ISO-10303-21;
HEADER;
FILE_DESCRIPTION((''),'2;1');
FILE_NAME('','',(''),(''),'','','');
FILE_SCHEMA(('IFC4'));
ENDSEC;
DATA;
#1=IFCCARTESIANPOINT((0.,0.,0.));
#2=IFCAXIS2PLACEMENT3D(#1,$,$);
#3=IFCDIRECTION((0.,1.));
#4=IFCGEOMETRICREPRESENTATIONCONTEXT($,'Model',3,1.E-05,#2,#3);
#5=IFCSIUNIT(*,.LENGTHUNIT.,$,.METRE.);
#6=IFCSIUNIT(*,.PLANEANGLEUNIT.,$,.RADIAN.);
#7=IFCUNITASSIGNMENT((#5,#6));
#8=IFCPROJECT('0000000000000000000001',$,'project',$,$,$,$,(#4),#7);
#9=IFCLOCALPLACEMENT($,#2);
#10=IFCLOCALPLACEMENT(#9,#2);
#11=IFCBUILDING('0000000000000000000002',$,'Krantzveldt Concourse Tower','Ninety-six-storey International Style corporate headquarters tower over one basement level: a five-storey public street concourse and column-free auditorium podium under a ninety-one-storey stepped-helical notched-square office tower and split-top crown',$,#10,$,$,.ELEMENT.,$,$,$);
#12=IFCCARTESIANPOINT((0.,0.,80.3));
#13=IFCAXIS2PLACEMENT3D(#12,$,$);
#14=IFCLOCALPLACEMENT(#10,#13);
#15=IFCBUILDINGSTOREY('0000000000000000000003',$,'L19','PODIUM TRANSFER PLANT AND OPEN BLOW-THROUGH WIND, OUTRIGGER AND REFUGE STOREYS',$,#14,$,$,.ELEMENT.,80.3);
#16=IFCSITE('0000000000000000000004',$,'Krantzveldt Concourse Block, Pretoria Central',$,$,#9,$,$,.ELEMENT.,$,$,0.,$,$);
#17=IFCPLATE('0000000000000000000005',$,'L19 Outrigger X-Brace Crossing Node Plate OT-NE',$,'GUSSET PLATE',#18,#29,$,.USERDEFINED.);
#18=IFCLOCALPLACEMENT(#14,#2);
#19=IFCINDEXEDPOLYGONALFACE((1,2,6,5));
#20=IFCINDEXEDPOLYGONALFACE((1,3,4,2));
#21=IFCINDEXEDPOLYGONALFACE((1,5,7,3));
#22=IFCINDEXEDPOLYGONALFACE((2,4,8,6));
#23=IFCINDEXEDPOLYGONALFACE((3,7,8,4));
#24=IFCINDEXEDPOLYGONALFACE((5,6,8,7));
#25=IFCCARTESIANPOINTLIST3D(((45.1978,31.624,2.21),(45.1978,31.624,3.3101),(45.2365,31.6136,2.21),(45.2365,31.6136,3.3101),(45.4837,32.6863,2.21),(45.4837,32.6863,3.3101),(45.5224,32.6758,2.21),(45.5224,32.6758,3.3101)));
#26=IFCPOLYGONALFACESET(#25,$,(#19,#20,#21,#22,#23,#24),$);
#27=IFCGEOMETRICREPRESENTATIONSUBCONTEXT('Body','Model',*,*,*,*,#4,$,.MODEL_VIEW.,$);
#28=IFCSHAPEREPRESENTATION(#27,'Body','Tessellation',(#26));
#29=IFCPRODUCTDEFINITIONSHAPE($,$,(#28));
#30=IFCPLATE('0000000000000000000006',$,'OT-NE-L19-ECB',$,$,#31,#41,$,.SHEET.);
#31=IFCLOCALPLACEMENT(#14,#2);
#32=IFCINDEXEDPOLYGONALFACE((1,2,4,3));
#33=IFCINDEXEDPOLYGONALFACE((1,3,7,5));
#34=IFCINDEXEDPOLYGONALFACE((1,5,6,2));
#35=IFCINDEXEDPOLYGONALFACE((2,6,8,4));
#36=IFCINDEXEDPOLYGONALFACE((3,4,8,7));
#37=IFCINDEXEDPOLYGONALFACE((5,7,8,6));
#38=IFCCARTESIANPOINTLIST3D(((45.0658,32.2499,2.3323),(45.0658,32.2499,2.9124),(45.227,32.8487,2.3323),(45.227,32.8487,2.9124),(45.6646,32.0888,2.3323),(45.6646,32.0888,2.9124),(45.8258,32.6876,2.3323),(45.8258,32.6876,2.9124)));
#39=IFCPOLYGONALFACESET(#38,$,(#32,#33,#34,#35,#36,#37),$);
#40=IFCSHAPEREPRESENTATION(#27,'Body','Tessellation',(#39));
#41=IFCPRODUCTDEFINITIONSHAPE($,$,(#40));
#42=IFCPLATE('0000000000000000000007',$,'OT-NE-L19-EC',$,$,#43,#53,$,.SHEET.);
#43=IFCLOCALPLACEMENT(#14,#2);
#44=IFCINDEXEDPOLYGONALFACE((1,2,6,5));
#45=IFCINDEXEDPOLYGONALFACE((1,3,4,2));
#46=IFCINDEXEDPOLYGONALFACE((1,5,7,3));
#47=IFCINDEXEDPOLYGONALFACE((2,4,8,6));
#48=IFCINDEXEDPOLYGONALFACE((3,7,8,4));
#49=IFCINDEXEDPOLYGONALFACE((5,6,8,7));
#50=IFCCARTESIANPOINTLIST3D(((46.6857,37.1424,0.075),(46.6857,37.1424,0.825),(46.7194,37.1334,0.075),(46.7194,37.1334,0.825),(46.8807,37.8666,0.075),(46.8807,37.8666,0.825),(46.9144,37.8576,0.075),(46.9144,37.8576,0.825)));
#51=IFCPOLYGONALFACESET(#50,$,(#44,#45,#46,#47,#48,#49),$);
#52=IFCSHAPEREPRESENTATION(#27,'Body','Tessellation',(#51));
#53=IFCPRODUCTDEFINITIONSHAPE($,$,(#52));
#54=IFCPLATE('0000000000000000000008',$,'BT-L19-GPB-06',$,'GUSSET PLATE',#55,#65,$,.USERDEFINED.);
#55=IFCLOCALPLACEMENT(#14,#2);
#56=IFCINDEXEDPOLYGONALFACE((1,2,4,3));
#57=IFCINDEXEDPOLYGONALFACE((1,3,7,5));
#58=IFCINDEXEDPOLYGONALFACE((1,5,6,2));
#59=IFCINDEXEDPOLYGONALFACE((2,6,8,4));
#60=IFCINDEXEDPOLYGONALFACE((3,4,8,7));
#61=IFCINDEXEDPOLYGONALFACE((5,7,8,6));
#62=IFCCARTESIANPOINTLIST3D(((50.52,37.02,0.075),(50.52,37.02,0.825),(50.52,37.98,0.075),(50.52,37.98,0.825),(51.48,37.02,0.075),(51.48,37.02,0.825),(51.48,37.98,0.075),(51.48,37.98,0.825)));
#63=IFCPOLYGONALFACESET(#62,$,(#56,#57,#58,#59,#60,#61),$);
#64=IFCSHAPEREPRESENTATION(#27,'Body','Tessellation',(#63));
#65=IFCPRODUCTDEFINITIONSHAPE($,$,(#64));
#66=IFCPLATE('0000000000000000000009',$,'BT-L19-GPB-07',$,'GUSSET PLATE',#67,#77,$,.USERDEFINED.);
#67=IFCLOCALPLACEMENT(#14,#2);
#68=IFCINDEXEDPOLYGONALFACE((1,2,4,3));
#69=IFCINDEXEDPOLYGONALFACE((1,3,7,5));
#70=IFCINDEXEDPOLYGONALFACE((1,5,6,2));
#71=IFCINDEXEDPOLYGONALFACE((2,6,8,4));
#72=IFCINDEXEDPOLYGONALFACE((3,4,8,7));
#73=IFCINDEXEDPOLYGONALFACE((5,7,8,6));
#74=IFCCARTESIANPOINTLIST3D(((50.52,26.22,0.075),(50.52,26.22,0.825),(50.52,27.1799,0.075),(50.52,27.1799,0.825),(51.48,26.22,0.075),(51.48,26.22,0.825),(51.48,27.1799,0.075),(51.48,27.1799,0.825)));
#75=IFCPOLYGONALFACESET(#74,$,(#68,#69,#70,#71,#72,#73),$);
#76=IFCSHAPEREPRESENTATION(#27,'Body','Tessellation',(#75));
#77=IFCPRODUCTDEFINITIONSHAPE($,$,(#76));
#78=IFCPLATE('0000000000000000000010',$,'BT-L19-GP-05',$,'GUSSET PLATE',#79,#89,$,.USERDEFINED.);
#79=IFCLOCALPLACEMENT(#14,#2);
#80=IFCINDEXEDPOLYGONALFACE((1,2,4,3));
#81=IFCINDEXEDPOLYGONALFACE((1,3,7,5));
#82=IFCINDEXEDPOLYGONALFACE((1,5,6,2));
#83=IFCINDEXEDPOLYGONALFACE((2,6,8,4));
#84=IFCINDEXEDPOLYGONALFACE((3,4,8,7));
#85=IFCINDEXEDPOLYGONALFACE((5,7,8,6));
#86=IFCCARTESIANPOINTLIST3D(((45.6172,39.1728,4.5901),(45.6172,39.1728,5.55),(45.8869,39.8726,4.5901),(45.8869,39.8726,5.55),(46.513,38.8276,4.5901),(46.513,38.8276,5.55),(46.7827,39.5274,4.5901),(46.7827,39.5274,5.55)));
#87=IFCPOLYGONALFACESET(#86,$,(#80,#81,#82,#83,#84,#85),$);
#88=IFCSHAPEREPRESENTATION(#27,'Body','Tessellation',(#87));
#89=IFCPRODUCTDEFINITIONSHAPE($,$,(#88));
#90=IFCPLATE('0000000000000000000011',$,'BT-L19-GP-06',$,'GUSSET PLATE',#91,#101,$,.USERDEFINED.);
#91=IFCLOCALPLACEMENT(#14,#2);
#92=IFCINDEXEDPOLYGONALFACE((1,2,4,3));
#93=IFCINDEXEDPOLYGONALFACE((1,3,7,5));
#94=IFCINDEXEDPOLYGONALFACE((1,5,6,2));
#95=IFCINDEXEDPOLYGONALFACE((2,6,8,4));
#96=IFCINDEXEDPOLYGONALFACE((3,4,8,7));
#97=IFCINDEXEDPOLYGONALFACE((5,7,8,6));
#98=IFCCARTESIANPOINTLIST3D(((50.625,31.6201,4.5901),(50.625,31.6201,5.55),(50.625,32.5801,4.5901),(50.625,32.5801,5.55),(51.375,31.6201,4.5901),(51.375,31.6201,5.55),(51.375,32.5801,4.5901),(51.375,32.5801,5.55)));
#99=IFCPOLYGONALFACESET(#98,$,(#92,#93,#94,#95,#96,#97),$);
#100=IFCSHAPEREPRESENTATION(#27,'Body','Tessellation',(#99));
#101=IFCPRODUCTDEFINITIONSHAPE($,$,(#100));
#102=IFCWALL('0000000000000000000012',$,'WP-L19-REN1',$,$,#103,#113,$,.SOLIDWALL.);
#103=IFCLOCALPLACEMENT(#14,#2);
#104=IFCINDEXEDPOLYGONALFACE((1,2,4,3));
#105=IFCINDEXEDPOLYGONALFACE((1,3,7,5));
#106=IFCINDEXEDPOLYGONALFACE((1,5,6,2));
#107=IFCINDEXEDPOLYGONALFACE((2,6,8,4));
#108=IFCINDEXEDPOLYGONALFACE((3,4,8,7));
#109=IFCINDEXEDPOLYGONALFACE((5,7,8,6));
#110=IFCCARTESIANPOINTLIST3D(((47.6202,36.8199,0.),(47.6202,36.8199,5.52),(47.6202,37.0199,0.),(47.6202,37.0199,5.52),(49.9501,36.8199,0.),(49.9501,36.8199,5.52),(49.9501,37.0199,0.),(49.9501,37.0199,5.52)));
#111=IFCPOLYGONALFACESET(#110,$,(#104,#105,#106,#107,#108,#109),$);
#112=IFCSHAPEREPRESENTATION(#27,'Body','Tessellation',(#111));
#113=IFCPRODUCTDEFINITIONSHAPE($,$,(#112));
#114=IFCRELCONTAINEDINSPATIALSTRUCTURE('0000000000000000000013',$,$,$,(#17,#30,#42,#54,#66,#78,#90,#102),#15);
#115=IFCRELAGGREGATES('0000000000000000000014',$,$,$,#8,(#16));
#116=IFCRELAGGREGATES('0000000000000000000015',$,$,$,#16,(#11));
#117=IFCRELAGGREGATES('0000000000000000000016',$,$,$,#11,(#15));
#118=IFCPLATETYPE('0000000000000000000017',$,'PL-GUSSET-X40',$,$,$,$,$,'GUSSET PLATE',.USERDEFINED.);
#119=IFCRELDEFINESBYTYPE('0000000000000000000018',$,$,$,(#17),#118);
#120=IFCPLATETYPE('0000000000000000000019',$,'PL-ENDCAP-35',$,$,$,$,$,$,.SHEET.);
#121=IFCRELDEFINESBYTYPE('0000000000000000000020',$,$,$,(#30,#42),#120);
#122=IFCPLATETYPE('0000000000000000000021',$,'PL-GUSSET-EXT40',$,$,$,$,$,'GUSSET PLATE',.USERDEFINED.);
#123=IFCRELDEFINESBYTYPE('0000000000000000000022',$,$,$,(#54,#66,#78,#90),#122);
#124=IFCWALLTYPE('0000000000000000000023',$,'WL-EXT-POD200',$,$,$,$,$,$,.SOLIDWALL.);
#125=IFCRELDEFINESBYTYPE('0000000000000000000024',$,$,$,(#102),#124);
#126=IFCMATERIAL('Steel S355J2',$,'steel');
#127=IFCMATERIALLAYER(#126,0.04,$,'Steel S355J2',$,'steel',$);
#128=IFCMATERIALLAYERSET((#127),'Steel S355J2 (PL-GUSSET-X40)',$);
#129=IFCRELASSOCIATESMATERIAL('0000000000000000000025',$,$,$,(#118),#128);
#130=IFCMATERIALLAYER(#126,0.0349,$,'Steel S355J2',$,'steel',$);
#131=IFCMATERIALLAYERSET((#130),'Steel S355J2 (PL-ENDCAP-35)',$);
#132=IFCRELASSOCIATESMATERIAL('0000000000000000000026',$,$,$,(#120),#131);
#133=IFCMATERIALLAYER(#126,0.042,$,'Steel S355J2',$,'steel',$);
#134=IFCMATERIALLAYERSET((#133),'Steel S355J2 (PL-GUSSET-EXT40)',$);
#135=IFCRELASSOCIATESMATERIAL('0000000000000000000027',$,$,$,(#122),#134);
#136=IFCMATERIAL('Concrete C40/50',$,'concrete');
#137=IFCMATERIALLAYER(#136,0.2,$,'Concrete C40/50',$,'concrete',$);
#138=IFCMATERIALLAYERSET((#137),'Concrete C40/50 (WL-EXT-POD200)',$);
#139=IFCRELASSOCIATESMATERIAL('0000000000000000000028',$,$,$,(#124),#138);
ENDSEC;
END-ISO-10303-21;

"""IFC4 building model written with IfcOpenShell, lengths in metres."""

from ifc_helpers import new_model, si_unit, direction, frame, frame_2d, origin, origin_2d, place, context, subcontext, project, spatial, rectangle, extrude, source, transform, mapped, material, layer, layer_set, type_object, type_shapes, element, save


model = new_model("IFC4")

# Units and contexts
model_context = context("Model", 3, precision=1e-05, world=origin(), true_north=direction((0.0, 1.0)))
body_context = subcontext(model_context, "Body", "Model", "MODEL_VIEW")
ifc_project = project(units=[si_unit("LENGTHUNIT", "METRE"), si_unit("PLANEANGLEUNIT", "RADIAN")], contexts=[model_context])

# Site, building, storey
site_placement = place(None, origin())
site = spatial("IfcSite", under=ifc_project, at=site_placement, Name="Krantzveldt Concourse Block, Pretoria Central", CompositionType="ELEMENT", RefElevation=0.0)
building_placement = place(site_placement, origin())
building = spatial("IfcBuilding", under=site, at=building_placement, Name="Krantzveldt Concourse Tower", Description="Ninety-six-storey International Style corporate headquarters tower over one basement level: a five-storey public street concourse and column-free auditorium podium under a ninety-one-storey stepped-helical notched-square office tower and split-top crown", CompositionType="ELEMENT")
storey_placement = place(building_placement, frame((0.0, 0.0, 80.3)))
storey = spatial("IfcBuildingStorey", under=building, at=storey_placement, Name="L19", Description="PODIUM TRANSFER PLANT AND OPEN BLOW-THROUGH WIND, OUTRIGGER AND REFUGE STOREYS", CompositionType="ELEMENT", Elevation=80.3)

# Shared definitions
ifc_material_1 = material(Name="Steel S355J2", Category="steel")

# Plates
ifc_layer_1 = layer(ifc_material_1, 0.04, Name="Steel S355J2", Category="steel")
ifc_layer_set_1 = layer_set([ifc_layer_1], Name="Steel S355J2 (PL-GUSSET-X40)")
plate_type_1 = type_object("IfcPlateType", Name="PL-GUSSET-X40", ElementType="GUSSET PLATE", PredefinedType="USERDEFINED", material=ifc_layer_set_1)
shared_shape_1 = source(origin(), body_context, "Body", "SweptSolid", [
    extrude(rectangle(XDim=1.1001, YDim=0.04, at=origin_2d()), origin(), (0.0, 0.0, 1.0), 1.1001),
])
type_shapes(plate_type_1, [shared_shape_1])
plate_1_placement = place(storey_placement, frame((45.3601, 32.1499, 2.21), z_axis=(0.0, 0.0, 1.0), x_axis=(0.259915, 0.965632, 0.0)))
element("IfcPlate", 1, at=plate_1_placement, inside=storey, type_object=plate_type_1, Name="L19 Outrigger X-Brace Crossing Node Plate OT-NE", ObjectType="GUSSET PLATE", PredefinedType="USERDEFINED", context=body_context, shape_type="MappedRepresentation", body=[
    mapped(shared_shape_1, transform((0.0, 0.0, 0.0), x_axis=(1.0, 0.0, 0.0), y_axis=(0.0, 1.0, 0.0), z_axis=(0.0, 0.0, 1.0), scale=1.0)),
])
ifc_layer_2 = layer(ifc_material_1, 0.0349, Name="Steel S355J2", Category="steel")
ifc_layer_set_2 = layer_set([ifc_layer_2], Name="Steel S355J2 (PL-ENDCAP-35)")
plate_type_2 = type_object("IfcPlateType", Name="PL-ENDCAP-35", PredefinedType="SHEET", material=ifc_layer_set_2)
shared_shape_2 = source(origin(), body_context, "Body", "SweptSolid", [
    extrude(rectangle(XDim=0.6201, YDim=0.6201, at=origin_2d()), origin(), (0.0, 0.0, 1.0), 0.5801),
])
plate_2_placement = place(storey_placement, frame((45.4458, 32.4688, 2.3323), z_axis=(0.0, 0.0, 1.0), x_axis=(0.259915, 0.965632, 0.0)))
element("IfcPlate", 2, at=plate_2_placement, inside=storey, type_object=plate_type_2, Name="OT-NE-L19-ECB", PredefinedType="SHEET", context=body_context, shape_type="MappedRepresentation", body=[
    mapped(shared_shape_2, transform((0.0, 0.0, 0.0), x_axis=(1.0, 0.0, 0.0), y_axis=(0.0, 1.0, 0.0), z_axis=(0.0, 0.0, 1.0), scale=1.0)),
])
shared_shape_3 = source(origin(), body_context, "Body", "SweptSolid", [
    extrude(rectangle(XDim=0.75, YDim=0.0349, at=origin_2d()), origin(), (0.0, 0.0, 1.0), 0.75),
])
type_shapes(plate_type_2, [shared_shape_2, shared_shape_3])
plate_3_placement = place(storey_placement, frame((46.8, 37.5, 0.075), z_axis=(0.0, 0.0, 1.0), x_axis=(0.259915, 0.965632, 0.0)))
element("IfcPlate", 3, at=plate_3_placement, inside=storey, type_object=plate_type_2, Name="OT-NE-L19-EC", PredefinedType="SHEET", context=body_context, shape_type="MappedRepresentation", body=[
    mapped(shared_shape_3, transform((0.0, 0.0, 0.0), x_axis=(1.0, 0.0, 0.0), y_axis=(0.0, 1.0, 0.0), z_axis=(0.0, 0.0, 1.0), scale=1.0)),
])
ifc_layer_3 = layer(ifc_material_1, 0.042, Name="Steel S355J2", Category="steel")
ifc_layer_set_3 = layer_set([ifc_layer_3], Name="Steel S355J2 (PL-GUSSET-EXT40)")
plate_type_3 = type_object("IfcPlateType", Name="PL-GUSSET-EXT40", ElementType="GUSSET PLATE", PredefinedType="USERDEFINED", material=ifc_layer_set_3)
shared_shape_4 = source(origin(), body_context, "Body", "SweptSolid", [
    extrude(rectangle(XDim=0.96, YDim=0.96, at=origin_2d()), origin(), (0.0, 0.0, 1.0), 0.75),
])
for number, where, z_axis, x_axis, name in (
    (4, (51.0, 37.5, 0.075), (0.0, 0.0, 1.0), (1.0, 0.0, 0.0), "BT-L19-GPB-06"),
    (5, (51.0, 26.7, 0.075), (0.0, 0.0, 1.0), (1.0, 0.0, 0.0), "BT-L19-GPB-07"),
):
    element("IfcPlate", number, at=place(storey_placement, frame(where, z_axis=z_axis, x_axis=x_axis)), inside=storey, type_object=plate_type_3, Name=name, ObjectType="GUSSET PLATE", PredefinedType="USERDEFINED", context=body_context, shape_type="MappedRepresentation", body=[
        mapped(shared_shape_4, transform((0.0, 0.0, 0.0), x_axis=(1.0, 0.0, 0.0), y_axis=(0.0, 1.0, 0.0), z_axis=(0.0, 0.0, 1.0), scale=1.0)),
    ])
shared_shape_5 = source(origin(), body_context, "Body", "SweptSolid", [
    extrude(rectangle(XDim=0.96, YDim=0.75, at=origin_2d()), origin(), (0.0, 0.0, 1.0), 0.96),
])
type_shapes(plate_type_3, [shared_shape_4, shared_shape_5])
for number, where, z_axis, x_axis, name in (
    (6, (46.2, 39.3501, 4.5901), (0.0, 0.0, 1.0), (-0.933098, 0.359622, 0.0), "BT-L19-GP-05"),
    (7, (51.0, 32.1001, 4.5901), (0.0, 0.0, 1.0), (0.0, 1.0, 0.0), "BT-L19-GP-06"),
):
    element("IfcPlate", number, at=place(storey_placement, frame(where, z_axis=z_axis, x_axis=x_axis)), inside=storey, type_object=plate_type_3, Name=name, ObjectType="GUSSET PLATE", PredefinedType="USERDEFINED", context=body_context, shape_type="MappedRepresentation", body=[
        mapped(shared_shape_5, transform((0.0, 0.0, 0.0), x_axis=(1.0, 0.0, 0.0), y_axis=(0.0, 1.0, 0.0), z_axis=(0.0, 0.0, 1.0), scale=1.0)),
    ])

# Wall
ifc_material_2 = material(Name="Concrete C40/50", Category="concrete")
ifc_layer_4 = layer(ifc_material_2, 0.2, Name="Concrete C40/50", Category="concrete")
ifc_layer_set_4 = layer_set([ifc_layer_4], Name="Concrete C40/50 (WL-EXT-POD200)")
wall_type = type_object("IfcWallType", Name="WL-EXT-POD200", PredefinedType="SOLIDWALL", material=ifc_layer_set_4)
wall_placement = place(storey_placement, frame((47.6201, 36.9199, 0.0), z_axis=(0.0, 0.0, 1.0), x_axis=(1.0, 0.0, 0.0)))
element("IfcWall", 8, at=wall_placement, inside=storey, type_object=wall_type, Name="WP-L19-REN1", PredefinedType="SOLIDWALL", context=body_context, shape_type="SweptSolid", body=[
    extrude(rectangle(XDim=2.3298, YDim=0.2, at=frame_2d((1.165, 0.0))), origin(), (0.0, 0.0, 1.0), 5.52),
])

save(model, "model.ifc")
